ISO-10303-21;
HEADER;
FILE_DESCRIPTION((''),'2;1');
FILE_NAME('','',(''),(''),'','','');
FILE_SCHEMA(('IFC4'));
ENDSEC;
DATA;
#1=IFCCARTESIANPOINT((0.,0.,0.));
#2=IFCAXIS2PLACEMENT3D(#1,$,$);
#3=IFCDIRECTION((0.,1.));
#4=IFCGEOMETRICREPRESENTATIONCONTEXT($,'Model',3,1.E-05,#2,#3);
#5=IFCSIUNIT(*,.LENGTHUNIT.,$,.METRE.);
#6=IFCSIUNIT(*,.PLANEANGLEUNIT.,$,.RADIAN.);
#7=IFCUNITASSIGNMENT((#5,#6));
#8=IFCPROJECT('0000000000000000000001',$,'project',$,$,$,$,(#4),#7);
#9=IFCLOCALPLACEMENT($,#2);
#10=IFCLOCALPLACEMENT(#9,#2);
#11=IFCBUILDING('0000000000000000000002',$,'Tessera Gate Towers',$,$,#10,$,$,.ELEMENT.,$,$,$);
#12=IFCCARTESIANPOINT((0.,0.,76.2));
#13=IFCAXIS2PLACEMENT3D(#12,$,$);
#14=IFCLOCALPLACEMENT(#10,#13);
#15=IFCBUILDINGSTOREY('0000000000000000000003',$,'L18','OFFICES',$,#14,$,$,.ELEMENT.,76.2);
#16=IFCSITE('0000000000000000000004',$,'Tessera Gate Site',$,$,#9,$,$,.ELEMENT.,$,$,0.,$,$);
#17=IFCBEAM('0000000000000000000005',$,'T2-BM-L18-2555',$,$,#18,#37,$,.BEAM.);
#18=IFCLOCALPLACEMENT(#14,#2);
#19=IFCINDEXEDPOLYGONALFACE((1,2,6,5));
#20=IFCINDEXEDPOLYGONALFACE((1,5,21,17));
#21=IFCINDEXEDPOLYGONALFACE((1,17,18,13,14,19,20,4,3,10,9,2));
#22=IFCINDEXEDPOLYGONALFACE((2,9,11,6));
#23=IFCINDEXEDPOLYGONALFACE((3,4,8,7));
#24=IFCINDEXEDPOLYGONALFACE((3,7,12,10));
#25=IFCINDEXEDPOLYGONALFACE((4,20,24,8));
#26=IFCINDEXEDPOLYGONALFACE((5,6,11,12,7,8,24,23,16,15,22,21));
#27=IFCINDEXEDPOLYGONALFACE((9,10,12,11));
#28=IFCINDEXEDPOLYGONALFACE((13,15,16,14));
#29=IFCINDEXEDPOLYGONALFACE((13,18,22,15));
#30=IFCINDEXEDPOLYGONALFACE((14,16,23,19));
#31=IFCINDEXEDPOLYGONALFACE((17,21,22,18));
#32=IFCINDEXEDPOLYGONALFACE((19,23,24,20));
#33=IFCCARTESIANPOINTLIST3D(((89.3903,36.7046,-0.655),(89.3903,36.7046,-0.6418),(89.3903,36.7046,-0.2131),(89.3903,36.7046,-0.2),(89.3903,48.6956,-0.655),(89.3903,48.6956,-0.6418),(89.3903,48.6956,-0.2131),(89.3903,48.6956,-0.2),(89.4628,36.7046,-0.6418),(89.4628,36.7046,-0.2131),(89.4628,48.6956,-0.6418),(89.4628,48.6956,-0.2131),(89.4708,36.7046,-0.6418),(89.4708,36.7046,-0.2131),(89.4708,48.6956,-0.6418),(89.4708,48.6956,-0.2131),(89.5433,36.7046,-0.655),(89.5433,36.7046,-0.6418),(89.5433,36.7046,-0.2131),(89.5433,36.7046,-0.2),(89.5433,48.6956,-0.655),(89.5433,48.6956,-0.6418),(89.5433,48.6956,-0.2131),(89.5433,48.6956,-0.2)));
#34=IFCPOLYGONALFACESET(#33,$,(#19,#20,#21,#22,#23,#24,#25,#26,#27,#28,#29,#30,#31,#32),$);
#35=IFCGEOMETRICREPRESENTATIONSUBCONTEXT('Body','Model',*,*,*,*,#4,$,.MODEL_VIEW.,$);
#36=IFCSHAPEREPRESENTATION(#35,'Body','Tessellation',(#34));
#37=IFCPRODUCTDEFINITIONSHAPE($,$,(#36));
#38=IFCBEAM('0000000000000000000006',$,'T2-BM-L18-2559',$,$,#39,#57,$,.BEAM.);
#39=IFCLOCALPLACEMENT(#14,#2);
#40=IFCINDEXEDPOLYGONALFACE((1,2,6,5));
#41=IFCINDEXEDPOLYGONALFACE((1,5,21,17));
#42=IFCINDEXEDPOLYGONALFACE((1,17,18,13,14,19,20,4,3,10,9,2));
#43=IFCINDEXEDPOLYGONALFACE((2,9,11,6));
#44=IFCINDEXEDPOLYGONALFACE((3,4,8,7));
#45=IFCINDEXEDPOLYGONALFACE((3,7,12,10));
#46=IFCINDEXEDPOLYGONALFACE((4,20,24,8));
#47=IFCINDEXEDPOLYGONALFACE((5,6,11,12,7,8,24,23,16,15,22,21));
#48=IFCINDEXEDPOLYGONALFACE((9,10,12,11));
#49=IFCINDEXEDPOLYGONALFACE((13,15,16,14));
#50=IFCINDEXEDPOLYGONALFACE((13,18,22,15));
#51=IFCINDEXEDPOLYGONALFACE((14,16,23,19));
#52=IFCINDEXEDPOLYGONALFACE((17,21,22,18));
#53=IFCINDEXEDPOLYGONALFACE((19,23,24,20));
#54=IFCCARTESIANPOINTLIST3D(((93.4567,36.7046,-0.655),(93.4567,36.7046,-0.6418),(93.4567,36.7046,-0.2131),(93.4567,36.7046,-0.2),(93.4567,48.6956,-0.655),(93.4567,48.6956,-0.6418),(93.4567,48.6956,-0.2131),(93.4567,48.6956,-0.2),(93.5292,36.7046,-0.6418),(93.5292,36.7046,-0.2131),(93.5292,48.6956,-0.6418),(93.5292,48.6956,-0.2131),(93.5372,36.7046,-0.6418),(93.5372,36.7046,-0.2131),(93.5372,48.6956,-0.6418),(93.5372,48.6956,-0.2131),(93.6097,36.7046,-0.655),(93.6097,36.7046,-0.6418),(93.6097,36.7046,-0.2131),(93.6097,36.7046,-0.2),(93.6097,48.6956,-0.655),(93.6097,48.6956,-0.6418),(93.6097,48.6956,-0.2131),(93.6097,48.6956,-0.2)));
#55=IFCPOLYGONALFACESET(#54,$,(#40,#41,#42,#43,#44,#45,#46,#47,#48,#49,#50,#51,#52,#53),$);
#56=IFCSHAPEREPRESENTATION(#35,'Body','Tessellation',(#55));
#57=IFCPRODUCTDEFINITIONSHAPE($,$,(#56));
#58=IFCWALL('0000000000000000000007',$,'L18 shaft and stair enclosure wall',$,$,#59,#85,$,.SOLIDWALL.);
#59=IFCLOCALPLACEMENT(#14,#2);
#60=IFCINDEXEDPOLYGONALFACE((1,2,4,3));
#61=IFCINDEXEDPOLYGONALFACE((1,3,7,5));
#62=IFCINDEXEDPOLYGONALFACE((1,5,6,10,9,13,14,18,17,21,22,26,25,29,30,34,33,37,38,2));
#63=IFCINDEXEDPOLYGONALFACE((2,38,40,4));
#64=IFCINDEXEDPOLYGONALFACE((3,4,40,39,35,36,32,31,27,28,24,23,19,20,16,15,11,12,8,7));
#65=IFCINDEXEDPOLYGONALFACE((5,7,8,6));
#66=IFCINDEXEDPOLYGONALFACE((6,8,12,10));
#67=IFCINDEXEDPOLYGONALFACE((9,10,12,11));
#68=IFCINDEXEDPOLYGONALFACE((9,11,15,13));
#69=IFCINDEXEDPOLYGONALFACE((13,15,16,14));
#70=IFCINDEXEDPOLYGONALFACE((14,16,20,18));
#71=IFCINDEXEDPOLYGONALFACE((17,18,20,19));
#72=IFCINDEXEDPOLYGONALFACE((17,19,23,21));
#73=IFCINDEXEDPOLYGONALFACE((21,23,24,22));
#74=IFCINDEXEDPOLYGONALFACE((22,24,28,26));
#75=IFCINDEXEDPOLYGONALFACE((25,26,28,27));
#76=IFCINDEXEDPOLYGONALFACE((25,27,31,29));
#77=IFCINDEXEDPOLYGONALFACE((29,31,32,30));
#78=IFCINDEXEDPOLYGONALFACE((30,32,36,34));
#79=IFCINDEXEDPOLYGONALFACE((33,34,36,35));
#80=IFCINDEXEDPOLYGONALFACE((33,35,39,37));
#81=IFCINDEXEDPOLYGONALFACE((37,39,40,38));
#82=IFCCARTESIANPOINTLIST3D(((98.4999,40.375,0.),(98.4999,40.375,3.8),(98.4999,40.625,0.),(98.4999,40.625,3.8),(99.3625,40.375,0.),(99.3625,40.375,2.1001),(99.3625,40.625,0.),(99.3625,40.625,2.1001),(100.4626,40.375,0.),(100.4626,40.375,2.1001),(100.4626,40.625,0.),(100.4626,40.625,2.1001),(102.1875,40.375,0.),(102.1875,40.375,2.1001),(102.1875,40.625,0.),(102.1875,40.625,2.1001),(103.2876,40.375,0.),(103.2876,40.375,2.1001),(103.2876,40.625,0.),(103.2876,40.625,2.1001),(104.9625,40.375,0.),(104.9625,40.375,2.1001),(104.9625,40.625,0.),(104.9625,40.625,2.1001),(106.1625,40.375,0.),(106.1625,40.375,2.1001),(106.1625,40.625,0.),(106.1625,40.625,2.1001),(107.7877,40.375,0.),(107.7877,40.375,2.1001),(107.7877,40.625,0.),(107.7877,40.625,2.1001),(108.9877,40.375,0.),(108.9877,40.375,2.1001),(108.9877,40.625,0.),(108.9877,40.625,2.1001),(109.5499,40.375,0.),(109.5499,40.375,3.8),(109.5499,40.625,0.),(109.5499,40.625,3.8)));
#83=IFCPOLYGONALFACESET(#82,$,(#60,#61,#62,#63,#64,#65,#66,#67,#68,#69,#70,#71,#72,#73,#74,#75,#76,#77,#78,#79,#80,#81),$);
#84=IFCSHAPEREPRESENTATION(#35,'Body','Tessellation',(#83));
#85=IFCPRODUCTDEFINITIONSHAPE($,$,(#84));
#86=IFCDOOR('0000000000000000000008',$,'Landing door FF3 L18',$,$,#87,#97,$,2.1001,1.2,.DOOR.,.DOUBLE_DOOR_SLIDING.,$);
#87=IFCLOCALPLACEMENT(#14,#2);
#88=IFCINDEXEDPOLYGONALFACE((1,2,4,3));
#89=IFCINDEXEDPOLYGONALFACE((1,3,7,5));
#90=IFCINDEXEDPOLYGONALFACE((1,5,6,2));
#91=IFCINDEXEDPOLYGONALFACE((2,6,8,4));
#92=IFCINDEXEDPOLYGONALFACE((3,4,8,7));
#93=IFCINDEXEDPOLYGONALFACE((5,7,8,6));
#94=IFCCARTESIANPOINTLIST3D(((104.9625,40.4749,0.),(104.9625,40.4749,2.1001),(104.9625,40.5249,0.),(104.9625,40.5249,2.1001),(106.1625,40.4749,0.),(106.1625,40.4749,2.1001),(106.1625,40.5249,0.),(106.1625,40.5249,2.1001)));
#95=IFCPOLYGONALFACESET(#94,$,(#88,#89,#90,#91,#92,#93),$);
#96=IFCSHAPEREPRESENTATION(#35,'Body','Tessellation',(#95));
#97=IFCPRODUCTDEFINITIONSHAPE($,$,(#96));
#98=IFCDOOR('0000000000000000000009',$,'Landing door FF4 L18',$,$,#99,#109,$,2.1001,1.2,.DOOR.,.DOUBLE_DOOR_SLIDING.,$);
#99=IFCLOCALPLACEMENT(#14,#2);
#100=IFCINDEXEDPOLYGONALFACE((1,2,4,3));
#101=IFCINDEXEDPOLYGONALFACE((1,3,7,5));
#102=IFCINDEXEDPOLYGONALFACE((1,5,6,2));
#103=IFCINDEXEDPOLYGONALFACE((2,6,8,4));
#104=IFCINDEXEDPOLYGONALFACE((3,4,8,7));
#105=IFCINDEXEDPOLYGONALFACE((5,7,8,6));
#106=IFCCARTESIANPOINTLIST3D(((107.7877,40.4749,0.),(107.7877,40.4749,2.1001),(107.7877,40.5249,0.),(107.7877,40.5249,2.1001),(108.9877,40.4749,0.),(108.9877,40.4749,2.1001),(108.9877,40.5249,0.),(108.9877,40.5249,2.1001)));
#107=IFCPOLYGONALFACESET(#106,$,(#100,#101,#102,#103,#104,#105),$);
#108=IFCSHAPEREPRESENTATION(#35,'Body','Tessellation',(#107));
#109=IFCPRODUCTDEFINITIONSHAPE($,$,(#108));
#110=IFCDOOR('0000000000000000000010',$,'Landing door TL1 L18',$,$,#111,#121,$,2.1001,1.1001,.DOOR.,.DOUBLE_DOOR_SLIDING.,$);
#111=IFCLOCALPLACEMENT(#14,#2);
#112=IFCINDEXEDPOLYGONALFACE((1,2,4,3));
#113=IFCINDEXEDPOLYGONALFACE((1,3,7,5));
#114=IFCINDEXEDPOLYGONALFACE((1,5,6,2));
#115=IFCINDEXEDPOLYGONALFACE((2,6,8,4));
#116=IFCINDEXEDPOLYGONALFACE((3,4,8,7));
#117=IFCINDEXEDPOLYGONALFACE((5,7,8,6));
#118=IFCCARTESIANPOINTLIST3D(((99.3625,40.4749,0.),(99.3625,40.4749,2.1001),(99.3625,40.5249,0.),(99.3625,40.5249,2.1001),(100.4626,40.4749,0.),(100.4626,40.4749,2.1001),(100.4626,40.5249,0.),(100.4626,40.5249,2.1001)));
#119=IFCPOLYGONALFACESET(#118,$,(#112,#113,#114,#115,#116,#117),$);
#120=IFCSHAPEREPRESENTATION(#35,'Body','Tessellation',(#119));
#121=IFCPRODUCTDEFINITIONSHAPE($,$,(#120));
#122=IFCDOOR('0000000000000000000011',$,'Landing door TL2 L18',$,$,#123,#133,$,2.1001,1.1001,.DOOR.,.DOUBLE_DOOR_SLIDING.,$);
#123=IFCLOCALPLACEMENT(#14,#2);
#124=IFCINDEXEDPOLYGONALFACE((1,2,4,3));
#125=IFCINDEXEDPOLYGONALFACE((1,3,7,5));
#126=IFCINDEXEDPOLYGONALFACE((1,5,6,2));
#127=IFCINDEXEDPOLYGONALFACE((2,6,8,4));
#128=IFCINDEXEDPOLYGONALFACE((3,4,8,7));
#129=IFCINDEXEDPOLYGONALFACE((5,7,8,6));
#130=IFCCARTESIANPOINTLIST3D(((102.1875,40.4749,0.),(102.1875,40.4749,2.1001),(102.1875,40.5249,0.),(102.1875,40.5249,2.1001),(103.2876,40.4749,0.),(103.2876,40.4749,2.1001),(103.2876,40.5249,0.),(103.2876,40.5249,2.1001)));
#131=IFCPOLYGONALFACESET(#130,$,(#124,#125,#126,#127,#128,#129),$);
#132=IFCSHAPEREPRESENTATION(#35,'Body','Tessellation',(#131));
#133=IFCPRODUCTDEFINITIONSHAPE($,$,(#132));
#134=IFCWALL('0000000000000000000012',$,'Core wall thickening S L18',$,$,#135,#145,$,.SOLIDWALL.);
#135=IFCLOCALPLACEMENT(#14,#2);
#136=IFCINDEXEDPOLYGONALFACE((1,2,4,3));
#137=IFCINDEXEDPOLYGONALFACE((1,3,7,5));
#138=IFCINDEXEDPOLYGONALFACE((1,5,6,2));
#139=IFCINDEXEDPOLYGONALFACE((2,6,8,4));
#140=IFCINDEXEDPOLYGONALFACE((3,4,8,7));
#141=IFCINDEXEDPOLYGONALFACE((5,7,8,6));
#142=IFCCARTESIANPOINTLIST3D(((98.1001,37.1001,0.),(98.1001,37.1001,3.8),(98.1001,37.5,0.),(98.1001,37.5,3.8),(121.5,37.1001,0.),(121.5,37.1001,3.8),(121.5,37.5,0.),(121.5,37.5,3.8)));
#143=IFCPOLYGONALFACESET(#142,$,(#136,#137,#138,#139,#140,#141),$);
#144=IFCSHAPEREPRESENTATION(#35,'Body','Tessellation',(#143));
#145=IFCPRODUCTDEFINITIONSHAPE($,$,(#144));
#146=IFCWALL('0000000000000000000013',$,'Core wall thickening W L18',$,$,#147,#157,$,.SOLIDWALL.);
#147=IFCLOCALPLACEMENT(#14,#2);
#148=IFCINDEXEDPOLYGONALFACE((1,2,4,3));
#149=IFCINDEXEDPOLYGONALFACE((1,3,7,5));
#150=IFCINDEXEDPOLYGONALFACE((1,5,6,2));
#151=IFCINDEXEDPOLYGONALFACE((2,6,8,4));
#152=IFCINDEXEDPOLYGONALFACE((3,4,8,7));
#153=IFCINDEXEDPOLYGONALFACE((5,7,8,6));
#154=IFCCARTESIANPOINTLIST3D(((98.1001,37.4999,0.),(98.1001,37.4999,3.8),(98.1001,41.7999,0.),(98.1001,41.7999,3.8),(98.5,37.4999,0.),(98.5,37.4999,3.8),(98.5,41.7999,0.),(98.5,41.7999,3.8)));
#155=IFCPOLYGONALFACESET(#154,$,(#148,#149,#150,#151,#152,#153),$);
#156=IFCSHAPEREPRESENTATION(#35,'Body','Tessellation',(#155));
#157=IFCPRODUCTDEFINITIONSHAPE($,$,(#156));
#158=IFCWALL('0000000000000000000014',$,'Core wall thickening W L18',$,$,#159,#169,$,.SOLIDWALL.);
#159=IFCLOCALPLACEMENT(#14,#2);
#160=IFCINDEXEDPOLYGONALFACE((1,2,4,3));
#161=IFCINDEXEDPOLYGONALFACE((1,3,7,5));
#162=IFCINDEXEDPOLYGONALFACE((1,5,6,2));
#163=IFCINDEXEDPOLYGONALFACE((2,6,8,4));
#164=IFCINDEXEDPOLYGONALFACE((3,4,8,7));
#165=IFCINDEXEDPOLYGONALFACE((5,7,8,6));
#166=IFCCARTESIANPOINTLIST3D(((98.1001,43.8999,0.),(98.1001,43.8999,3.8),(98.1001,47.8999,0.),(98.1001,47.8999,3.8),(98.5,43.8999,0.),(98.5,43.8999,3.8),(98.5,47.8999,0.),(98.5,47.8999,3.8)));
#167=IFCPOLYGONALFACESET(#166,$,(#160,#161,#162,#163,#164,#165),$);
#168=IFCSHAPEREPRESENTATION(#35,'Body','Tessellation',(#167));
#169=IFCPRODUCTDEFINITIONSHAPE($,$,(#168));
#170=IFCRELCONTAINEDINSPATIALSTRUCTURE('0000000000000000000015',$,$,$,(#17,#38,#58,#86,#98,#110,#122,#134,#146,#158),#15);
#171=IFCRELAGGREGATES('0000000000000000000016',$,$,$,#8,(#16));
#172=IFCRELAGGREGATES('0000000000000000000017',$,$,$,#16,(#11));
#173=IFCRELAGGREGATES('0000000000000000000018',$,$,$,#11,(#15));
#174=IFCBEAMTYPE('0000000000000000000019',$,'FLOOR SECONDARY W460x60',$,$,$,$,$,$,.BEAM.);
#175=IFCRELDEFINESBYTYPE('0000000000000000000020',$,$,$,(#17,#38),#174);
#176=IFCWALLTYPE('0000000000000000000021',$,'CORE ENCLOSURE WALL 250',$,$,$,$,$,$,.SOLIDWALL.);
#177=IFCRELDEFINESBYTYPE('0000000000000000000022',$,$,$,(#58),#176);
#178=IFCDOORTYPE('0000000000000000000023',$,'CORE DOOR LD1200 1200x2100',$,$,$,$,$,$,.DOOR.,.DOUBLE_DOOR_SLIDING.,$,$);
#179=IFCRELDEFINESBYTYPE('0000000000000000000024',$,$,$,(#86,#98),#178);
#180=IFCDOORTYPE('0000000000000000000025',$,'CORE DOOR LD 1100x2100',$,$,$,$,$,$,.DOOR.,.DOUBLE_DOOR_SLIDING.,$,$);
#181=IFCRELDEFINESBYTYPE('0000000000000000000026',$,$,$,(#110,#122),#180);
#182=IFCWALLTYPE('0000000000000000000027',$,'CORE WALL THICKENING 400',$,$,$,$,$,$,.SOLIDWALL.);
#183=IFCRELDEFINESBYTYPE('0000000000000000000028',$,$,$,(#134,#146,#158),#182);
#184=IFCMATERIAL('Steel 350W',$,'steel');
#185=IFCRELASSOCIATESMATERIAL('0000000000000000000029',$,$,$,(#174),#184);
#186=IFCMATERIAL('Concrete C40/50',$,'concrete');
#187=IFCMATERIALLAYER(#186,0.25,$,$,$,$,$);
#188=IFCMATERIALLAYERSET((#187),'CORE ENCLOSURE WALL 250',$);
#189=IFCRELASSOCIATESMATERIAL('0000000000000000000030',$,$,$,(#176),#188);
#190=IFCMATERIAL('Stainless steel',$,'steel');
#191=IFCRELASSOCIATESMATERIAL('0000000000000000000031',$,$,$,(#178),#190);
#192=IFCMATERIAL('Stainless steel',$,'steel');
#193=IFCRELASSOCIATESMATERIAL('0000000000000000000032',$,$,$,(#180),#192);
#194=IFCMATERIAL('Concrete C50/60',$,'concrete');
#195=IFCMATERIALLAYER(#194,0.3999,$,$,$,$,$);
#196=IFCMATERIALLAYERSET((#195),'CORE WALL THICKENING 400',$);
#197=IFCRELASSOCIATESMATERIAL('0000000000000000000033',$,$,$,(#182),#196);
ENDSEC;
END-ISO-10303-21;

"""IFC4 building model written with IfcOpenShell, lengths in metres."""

from ifc_helpers import new_model, si_unit, direction, frame, frame_2d, origin, origin_2d, place, context, subcontext, project, spatial, rectangle, i_section, extrude, source, transform, mapped, material, layer, layer_set, material_profile, profile_set, type_object, element, fill, save


model = new_model("IFC4")

# Units and contexts
model_context = context("Model", 3, precision=1e-05, world=origin(), true_north=direction((0.0, 1.0)))
body_context = subcontext(model_context, "Body", "Model", "MODEL_VIEW")
ifc_project = project(units=[si_unit("LENGTHUNIT", "METRE"), si_unit("PLANEANGLEUNIT", "RADIAN")], contexts=[model_context])

# Site, building, storey
site_placement = place(None, origin())
site = spatial("IfcSite", under=ifc_project, at=site_placement, Name="Tessera Gate Site", CompositionType="ELEMENT", RefElevation=0.0)
building_placement = place(site_placement, origin())
building = spatial("IfcBuilding", under=site, at=building_placement, Name="Tessera Gate Towers", CompositionType="ELEMENT")
storey_placement = place(building_placement, frame((0.0, 0.0, 76.2)))
storey = spatial("IfcBuildingStorey", under=building, at=storey_placement, Name="L18", Description="OFFICES", CompositionType="ELEMENT", Elevation=76.2)

# Beams
ifc_material_1 = material(Name="Steel 350W", Category="steel")
ifc_material_profile = material_profile(ifc_material_1, i_section(OverallWidth=0.1531, OverallDepth=0.4551, WebThickness=0.0081, FlangeThickness=0.0132, at=origin_2d()), Name="W460x60")
ifc_profile_set = profile_set([ifc_material_profile], Name="Steel 350W")
beam_type = type_object("IfcBeamType", Name="FLOOR SECONDARY W460x60", PredefinedType="BEAM", material=ifc_profile_set)
for number, where, z_axis, x_axis, name in (
    (1, (89.4668, 36.7046, -0.4275), (0.0, 1.0, 0.0), (-1.0, 0.0, 0.0), "T2-BM-L18-2555"),
    (2, (93.5332, 36.7046, -0.4275), (0.0, 1.0, 0.0), (-1.0, 0.0, 0.0), "T2-BM-L18-2559"),
):
    element("IfcBeam", number, at=place(storey_placement, frame(where, z_axis=z_axis, x_axis=x_axis)), inside=storey, type_object=beam_type, Name=name, PredefinedType="BEAM", context=body_context, shape_type="SweptSolid", body=[
        extrude(i_section(OverallWidth=0.1531, OverallDepth=0.4551, WebThickness=0.0081, FlangeThickness=0.0132, at=origin_2d()), origin(), (0.0, 0.0, 1.0), 11.991),
    ])

# Wall, openings, doors
ifc_material_2 = material(Name="Concrete C40/50", Category="concrete")
ifc_layer_1 = layer(ifc_material_2, 0.25)
ifc_layer_set_1 = layer_set([ifc_layer_1], Name="CORE ENCLOSURE WALL 250")
wall_type_1 = type_object("IfcWallType", Name="CORE ENCLOSURE WALL 250", PredefinedType="SOLIDWALL", material=ifc_layer_set_1)
wall_1_placement = place(storey_placement, frame((98.5, 40.5, 0.0), z_axis=(0.0, 0.0, 1.0), x_axis=(1.0, 0.0, 0.0)))
wall_1 = element("IfcWall", 3, at=wall_1_placement, inside=storey, type_object=wall_type_1, Name="L18 shaft and stair enclosure wall", PredefinedType="SOLIDWALL", context=body_context, shape_type="SweptSolid", body=[
    extrude(rectangle(XDim=11.05, YDim=0.25, at=frame_2d((5.5249, 0.0))), origin(), (0.0, 0.0, 1.0), 3.8),
])
shared_shape_1 = source(origin(), body_context, "Body", "SweptSolid", [
    extrude(rectangle(XDim=1.1001, YDim=2.1001, at=frame_2d((0.55, 1.05))), frame((0.0, 0.135, 0.0), z_axis=(0.0, -1.0, 0.0), x_axis=(1.0, 0.0, 0.0)), (0.0, 0.0, 1.0), 0.27),
])
opening_1_placement = place(wall_1_placement, frame((0.8625, 0.0, 0.0)))
opening_1 = element("IfcOpeningElement", 4, at=opening_1_placement, cuts=wall_1, PredefinedType="OPENING", context=body_context, shape_type="MappedRepresentation", body=[
    mapped(shared_shape_1, transform((0.0, 0.0, 0.0), scale=1.0)),
])
opening_2_placement = place(wall_1_placement, frame((3.6875, 0.0, 0.0)))
opening_2 = element("IfcOpeningElement", 5, at=opening_2_placement, cuts=wall_1, PredefinedType="OPENING", context=body_context, shape_type="MappedRepresentation", body=[
    mapped(shared_shape_1, transform((0.0, 0.0, 0.0), scale=1.0)),
])
shared_shape_2 = source(origin(), body_context, "Body", "SweptSolid", [
    extrude(rectangle(XDim=1.2, YDim=2.1001, at=frame_2d((0.6001, 1.05))), frame((0.0, 0.135, 0.0), z_axis=(0.0, -1.0, 0.0), x_axis=(1.0, 0.0, 0.0)), (0.0, 0.0, 1.0), 0.27),
])
opening_3_placement = place(wall_1_placement, frame((6.4624, 0.0, 0.0)))
opening_3 = element("IfcOpeningElement", 6, at=opening_3_placement, cuts=wall_1, PredefinedType="OPENING", context=body_context, shape_type="MappedRepresentation", body=[
    mapped(shared_shape_2, transform((0.0, 0.0, 0.0), scale=1.0)),
])
opening_4_placement = place(wall_1_placement, frame((9.2876, 0.0, 0.0)))
opening_4 = element("IfcOpeningElement", 7, at=opening_4_placement, cuts=wall_1, PredefinedType="OPENING", context=body_context, shape_type="MappedRepresentation", body=[
    mapped(shared_shape_2, transform((0.0, 0.0, 0.0), scale=1.0)),
])
ifc_material_3 = material(Name="Stainless steel", Category="steel")
door_type_1 = type_object("IfcDoorType", Name="CORE DOOR LD1200 1200x2100", OperationType="DOUBLE_DOOR_SLIDING", PredefinedType="DOOR", material=ifc_material_3)
shared_shape_3 = source(origin(), body_context, "Body", "SweptSolid", [
    extrude(rectangle(XDim=1.2, YDim=2.1001, at=frame_2d((0.6001, 1.05))), frame((0.0, 0.0249, 0.0), z_axis=(0.0, -1.0, 0.0), x_axis=(1.0, 0.0, 0.0)), (0.0, 0.0, 1.0), 0.05),
])
door_1_placement = place(opening_3_placement, origin())
door_1 = element("IfcDoor", 8, at=door_1_placement, inside=storey, type_object=door_type_1, Name="Landing door FF3 L18", OperationType="DOUBLE_DOOR_SLIDING", OverallHeight=2.1001, OverallWidth=1.2, PredefinedType="DOOR", context=body_context, shape_type="MappedRepresentation", body=[
    mapped(shared_shape_3, transform((0.0, 0.0, 0.0), scale=1.0)),
])
fill(opening_3, door_1)
door_2_placement = place(opening_4_placement, origin())
door_2 = element("IfcDoor", 9, at=door_2_placement, inside=storey, type_object=door_type_1, Name="Landing door FF4 L18", OperationType="DOUBLE_DOOR_SLIDING", OverallHeight=2.1001, OverallWidth=1.2, PredefinedType="DOOR", context=body_context, shape_type="MappedRepresentation", body=[
    mapped(shared_shape_3, transform((0.0, 0.0, 0.0), scale=1.0)),
])
fill(opening_4, door_2)
ifc_material_4 = material(Name="Stainless steel", Category="steel")
door_type_2 = type_object("IfcDoorType", Name="CORE DOOR LD 1100x2100", OperationType="DOUBLE_DOOR_SLIDING", PredefinedType="DOOR", material=ifc_material_4)
shared_shape_4 = source(origin(), body_context, "Body", "SweptSolid", [
    extrude(rectangle(XDim=1.1001, YDim=2.1001, at=frame_2d((0.55, 1.05))), frame((0.0, 0.0249, 0.0), z_axis=(0.0, -1.0, 0.0), x_axis=(1.0, 0.0, 0.0)), (0.0, 0.0, 1.0), 0.05),
])
door_3_placement = place(opening_1_placement, origin())
door_3 = element("IfcDoor", 10, at=door_3_placement, inside=storey, type_object=door_type_2, Name="Landing door TL1 L18", OperationType="DOUBLE_DOOR_SLIDING", OverallHeight=2.1001, OverallWidth=1.1001, PredefinedType="DOOR", context=body_context, shape_type="MappedRepresentation", body=[
    mapped(shared_shape_4, transform((0.0, 0.0, 0.0), scale=1.0)),
])
fill(opening_1, door_3)
door_4_placement = place(opening_2_placement, origin())
door_4 = element("IfcDoor", 11, at=door_4_placement, inside=storey, type_object=door_type_2, Name="Landing door TL2 L18", OperationType="DOUBLE_DOOR_SLIDING", OverallHeight=2.1001, OverallWidth=1.1001, PredefinedType="DOOR", context=body_context, shape_type="MappedRepresentation", body=[
    mapped(shared_shape_4, transform((0.0, 0.0, 0.0), scale=1.0)),
])
fill(opening_2, door_4)

# Walls
ifc_material_5 = material(Name="Concrete C50/60", Category="concrete")
ifc_layer_2 = layer(ifc_material_5, 0.3999)
ifc_layer_set_2 = layer_set([ifc_layer_2], Name="CORE WALL THICKENING 400")
wall_type_2 = type_object("IfcWallType", Name="CORE WALL THICKENING 400", PredefinedType="SOLIDWALL", material=ifc_layer_set_2)
wall_2_placement = place(storey_placement, frame((98.1001, 37.3, 0.0), z_axis=(0.0, 0.0, 1.0), x_axis=(1.0, 0.0, 0.0)))
element("IfcWall", 12, at=wall_2_placement, inside=storey, type_object=wall_type_2, Name="Core wall thickening S L18", PredefinedType="SOLIDWALL", context=body_context, shape_type="SweptSolid", body=[
    extrude(rectangle(XDim=23.3999, YDim=0.3999, at=frame_2d((11.7, 0.0))), origin(), (0.0, 0.0, 1.0), 3.8),
])
wall_3_placement = place(storey_placement, frame((98.3, 37.5, 0.0), z_axis=(0.0, 0.0, 1.0), x_axis=(0.0, 1.0, 0.0)))
element("IfcWall", 13, at=wall_3_placement, inside=storey, type_object=wall_type_2, Name="Core wall thickening W L18", PredefinedType="SOLIDWALL", context=body_context, shape_type="SweptSolid", body=[
    extrude(rectangle(XDim=4.3, YDim=0.3999, at=frame_2d((2.1499, 0.0))), origin(), (0.0, 0.0, 1.0), 3.8),
])
wall_4_placement = place(storey_placement, frame((98.3, 43.8999, 0.0), z_axis=(0.0, 0.0, 1.0), x_axis=(0.0, 1.0, 0.0)))
element("IfcWall", 14, at=wall_4_placement, inside=storey, type_object=wall_type_2, Name="Core wall thickening W L18", PredefinedType="SOLIDWALL", context=body_context, shape_type="SweptSolid", body=[
    extrude(rectangle(XDim=4.0, YDim=0.3999, at=frame_2d((2.0, 0.0))), origin(), (0.0, 0.0, 1.0), 3.8),
])

save(model, "model.ifc")
